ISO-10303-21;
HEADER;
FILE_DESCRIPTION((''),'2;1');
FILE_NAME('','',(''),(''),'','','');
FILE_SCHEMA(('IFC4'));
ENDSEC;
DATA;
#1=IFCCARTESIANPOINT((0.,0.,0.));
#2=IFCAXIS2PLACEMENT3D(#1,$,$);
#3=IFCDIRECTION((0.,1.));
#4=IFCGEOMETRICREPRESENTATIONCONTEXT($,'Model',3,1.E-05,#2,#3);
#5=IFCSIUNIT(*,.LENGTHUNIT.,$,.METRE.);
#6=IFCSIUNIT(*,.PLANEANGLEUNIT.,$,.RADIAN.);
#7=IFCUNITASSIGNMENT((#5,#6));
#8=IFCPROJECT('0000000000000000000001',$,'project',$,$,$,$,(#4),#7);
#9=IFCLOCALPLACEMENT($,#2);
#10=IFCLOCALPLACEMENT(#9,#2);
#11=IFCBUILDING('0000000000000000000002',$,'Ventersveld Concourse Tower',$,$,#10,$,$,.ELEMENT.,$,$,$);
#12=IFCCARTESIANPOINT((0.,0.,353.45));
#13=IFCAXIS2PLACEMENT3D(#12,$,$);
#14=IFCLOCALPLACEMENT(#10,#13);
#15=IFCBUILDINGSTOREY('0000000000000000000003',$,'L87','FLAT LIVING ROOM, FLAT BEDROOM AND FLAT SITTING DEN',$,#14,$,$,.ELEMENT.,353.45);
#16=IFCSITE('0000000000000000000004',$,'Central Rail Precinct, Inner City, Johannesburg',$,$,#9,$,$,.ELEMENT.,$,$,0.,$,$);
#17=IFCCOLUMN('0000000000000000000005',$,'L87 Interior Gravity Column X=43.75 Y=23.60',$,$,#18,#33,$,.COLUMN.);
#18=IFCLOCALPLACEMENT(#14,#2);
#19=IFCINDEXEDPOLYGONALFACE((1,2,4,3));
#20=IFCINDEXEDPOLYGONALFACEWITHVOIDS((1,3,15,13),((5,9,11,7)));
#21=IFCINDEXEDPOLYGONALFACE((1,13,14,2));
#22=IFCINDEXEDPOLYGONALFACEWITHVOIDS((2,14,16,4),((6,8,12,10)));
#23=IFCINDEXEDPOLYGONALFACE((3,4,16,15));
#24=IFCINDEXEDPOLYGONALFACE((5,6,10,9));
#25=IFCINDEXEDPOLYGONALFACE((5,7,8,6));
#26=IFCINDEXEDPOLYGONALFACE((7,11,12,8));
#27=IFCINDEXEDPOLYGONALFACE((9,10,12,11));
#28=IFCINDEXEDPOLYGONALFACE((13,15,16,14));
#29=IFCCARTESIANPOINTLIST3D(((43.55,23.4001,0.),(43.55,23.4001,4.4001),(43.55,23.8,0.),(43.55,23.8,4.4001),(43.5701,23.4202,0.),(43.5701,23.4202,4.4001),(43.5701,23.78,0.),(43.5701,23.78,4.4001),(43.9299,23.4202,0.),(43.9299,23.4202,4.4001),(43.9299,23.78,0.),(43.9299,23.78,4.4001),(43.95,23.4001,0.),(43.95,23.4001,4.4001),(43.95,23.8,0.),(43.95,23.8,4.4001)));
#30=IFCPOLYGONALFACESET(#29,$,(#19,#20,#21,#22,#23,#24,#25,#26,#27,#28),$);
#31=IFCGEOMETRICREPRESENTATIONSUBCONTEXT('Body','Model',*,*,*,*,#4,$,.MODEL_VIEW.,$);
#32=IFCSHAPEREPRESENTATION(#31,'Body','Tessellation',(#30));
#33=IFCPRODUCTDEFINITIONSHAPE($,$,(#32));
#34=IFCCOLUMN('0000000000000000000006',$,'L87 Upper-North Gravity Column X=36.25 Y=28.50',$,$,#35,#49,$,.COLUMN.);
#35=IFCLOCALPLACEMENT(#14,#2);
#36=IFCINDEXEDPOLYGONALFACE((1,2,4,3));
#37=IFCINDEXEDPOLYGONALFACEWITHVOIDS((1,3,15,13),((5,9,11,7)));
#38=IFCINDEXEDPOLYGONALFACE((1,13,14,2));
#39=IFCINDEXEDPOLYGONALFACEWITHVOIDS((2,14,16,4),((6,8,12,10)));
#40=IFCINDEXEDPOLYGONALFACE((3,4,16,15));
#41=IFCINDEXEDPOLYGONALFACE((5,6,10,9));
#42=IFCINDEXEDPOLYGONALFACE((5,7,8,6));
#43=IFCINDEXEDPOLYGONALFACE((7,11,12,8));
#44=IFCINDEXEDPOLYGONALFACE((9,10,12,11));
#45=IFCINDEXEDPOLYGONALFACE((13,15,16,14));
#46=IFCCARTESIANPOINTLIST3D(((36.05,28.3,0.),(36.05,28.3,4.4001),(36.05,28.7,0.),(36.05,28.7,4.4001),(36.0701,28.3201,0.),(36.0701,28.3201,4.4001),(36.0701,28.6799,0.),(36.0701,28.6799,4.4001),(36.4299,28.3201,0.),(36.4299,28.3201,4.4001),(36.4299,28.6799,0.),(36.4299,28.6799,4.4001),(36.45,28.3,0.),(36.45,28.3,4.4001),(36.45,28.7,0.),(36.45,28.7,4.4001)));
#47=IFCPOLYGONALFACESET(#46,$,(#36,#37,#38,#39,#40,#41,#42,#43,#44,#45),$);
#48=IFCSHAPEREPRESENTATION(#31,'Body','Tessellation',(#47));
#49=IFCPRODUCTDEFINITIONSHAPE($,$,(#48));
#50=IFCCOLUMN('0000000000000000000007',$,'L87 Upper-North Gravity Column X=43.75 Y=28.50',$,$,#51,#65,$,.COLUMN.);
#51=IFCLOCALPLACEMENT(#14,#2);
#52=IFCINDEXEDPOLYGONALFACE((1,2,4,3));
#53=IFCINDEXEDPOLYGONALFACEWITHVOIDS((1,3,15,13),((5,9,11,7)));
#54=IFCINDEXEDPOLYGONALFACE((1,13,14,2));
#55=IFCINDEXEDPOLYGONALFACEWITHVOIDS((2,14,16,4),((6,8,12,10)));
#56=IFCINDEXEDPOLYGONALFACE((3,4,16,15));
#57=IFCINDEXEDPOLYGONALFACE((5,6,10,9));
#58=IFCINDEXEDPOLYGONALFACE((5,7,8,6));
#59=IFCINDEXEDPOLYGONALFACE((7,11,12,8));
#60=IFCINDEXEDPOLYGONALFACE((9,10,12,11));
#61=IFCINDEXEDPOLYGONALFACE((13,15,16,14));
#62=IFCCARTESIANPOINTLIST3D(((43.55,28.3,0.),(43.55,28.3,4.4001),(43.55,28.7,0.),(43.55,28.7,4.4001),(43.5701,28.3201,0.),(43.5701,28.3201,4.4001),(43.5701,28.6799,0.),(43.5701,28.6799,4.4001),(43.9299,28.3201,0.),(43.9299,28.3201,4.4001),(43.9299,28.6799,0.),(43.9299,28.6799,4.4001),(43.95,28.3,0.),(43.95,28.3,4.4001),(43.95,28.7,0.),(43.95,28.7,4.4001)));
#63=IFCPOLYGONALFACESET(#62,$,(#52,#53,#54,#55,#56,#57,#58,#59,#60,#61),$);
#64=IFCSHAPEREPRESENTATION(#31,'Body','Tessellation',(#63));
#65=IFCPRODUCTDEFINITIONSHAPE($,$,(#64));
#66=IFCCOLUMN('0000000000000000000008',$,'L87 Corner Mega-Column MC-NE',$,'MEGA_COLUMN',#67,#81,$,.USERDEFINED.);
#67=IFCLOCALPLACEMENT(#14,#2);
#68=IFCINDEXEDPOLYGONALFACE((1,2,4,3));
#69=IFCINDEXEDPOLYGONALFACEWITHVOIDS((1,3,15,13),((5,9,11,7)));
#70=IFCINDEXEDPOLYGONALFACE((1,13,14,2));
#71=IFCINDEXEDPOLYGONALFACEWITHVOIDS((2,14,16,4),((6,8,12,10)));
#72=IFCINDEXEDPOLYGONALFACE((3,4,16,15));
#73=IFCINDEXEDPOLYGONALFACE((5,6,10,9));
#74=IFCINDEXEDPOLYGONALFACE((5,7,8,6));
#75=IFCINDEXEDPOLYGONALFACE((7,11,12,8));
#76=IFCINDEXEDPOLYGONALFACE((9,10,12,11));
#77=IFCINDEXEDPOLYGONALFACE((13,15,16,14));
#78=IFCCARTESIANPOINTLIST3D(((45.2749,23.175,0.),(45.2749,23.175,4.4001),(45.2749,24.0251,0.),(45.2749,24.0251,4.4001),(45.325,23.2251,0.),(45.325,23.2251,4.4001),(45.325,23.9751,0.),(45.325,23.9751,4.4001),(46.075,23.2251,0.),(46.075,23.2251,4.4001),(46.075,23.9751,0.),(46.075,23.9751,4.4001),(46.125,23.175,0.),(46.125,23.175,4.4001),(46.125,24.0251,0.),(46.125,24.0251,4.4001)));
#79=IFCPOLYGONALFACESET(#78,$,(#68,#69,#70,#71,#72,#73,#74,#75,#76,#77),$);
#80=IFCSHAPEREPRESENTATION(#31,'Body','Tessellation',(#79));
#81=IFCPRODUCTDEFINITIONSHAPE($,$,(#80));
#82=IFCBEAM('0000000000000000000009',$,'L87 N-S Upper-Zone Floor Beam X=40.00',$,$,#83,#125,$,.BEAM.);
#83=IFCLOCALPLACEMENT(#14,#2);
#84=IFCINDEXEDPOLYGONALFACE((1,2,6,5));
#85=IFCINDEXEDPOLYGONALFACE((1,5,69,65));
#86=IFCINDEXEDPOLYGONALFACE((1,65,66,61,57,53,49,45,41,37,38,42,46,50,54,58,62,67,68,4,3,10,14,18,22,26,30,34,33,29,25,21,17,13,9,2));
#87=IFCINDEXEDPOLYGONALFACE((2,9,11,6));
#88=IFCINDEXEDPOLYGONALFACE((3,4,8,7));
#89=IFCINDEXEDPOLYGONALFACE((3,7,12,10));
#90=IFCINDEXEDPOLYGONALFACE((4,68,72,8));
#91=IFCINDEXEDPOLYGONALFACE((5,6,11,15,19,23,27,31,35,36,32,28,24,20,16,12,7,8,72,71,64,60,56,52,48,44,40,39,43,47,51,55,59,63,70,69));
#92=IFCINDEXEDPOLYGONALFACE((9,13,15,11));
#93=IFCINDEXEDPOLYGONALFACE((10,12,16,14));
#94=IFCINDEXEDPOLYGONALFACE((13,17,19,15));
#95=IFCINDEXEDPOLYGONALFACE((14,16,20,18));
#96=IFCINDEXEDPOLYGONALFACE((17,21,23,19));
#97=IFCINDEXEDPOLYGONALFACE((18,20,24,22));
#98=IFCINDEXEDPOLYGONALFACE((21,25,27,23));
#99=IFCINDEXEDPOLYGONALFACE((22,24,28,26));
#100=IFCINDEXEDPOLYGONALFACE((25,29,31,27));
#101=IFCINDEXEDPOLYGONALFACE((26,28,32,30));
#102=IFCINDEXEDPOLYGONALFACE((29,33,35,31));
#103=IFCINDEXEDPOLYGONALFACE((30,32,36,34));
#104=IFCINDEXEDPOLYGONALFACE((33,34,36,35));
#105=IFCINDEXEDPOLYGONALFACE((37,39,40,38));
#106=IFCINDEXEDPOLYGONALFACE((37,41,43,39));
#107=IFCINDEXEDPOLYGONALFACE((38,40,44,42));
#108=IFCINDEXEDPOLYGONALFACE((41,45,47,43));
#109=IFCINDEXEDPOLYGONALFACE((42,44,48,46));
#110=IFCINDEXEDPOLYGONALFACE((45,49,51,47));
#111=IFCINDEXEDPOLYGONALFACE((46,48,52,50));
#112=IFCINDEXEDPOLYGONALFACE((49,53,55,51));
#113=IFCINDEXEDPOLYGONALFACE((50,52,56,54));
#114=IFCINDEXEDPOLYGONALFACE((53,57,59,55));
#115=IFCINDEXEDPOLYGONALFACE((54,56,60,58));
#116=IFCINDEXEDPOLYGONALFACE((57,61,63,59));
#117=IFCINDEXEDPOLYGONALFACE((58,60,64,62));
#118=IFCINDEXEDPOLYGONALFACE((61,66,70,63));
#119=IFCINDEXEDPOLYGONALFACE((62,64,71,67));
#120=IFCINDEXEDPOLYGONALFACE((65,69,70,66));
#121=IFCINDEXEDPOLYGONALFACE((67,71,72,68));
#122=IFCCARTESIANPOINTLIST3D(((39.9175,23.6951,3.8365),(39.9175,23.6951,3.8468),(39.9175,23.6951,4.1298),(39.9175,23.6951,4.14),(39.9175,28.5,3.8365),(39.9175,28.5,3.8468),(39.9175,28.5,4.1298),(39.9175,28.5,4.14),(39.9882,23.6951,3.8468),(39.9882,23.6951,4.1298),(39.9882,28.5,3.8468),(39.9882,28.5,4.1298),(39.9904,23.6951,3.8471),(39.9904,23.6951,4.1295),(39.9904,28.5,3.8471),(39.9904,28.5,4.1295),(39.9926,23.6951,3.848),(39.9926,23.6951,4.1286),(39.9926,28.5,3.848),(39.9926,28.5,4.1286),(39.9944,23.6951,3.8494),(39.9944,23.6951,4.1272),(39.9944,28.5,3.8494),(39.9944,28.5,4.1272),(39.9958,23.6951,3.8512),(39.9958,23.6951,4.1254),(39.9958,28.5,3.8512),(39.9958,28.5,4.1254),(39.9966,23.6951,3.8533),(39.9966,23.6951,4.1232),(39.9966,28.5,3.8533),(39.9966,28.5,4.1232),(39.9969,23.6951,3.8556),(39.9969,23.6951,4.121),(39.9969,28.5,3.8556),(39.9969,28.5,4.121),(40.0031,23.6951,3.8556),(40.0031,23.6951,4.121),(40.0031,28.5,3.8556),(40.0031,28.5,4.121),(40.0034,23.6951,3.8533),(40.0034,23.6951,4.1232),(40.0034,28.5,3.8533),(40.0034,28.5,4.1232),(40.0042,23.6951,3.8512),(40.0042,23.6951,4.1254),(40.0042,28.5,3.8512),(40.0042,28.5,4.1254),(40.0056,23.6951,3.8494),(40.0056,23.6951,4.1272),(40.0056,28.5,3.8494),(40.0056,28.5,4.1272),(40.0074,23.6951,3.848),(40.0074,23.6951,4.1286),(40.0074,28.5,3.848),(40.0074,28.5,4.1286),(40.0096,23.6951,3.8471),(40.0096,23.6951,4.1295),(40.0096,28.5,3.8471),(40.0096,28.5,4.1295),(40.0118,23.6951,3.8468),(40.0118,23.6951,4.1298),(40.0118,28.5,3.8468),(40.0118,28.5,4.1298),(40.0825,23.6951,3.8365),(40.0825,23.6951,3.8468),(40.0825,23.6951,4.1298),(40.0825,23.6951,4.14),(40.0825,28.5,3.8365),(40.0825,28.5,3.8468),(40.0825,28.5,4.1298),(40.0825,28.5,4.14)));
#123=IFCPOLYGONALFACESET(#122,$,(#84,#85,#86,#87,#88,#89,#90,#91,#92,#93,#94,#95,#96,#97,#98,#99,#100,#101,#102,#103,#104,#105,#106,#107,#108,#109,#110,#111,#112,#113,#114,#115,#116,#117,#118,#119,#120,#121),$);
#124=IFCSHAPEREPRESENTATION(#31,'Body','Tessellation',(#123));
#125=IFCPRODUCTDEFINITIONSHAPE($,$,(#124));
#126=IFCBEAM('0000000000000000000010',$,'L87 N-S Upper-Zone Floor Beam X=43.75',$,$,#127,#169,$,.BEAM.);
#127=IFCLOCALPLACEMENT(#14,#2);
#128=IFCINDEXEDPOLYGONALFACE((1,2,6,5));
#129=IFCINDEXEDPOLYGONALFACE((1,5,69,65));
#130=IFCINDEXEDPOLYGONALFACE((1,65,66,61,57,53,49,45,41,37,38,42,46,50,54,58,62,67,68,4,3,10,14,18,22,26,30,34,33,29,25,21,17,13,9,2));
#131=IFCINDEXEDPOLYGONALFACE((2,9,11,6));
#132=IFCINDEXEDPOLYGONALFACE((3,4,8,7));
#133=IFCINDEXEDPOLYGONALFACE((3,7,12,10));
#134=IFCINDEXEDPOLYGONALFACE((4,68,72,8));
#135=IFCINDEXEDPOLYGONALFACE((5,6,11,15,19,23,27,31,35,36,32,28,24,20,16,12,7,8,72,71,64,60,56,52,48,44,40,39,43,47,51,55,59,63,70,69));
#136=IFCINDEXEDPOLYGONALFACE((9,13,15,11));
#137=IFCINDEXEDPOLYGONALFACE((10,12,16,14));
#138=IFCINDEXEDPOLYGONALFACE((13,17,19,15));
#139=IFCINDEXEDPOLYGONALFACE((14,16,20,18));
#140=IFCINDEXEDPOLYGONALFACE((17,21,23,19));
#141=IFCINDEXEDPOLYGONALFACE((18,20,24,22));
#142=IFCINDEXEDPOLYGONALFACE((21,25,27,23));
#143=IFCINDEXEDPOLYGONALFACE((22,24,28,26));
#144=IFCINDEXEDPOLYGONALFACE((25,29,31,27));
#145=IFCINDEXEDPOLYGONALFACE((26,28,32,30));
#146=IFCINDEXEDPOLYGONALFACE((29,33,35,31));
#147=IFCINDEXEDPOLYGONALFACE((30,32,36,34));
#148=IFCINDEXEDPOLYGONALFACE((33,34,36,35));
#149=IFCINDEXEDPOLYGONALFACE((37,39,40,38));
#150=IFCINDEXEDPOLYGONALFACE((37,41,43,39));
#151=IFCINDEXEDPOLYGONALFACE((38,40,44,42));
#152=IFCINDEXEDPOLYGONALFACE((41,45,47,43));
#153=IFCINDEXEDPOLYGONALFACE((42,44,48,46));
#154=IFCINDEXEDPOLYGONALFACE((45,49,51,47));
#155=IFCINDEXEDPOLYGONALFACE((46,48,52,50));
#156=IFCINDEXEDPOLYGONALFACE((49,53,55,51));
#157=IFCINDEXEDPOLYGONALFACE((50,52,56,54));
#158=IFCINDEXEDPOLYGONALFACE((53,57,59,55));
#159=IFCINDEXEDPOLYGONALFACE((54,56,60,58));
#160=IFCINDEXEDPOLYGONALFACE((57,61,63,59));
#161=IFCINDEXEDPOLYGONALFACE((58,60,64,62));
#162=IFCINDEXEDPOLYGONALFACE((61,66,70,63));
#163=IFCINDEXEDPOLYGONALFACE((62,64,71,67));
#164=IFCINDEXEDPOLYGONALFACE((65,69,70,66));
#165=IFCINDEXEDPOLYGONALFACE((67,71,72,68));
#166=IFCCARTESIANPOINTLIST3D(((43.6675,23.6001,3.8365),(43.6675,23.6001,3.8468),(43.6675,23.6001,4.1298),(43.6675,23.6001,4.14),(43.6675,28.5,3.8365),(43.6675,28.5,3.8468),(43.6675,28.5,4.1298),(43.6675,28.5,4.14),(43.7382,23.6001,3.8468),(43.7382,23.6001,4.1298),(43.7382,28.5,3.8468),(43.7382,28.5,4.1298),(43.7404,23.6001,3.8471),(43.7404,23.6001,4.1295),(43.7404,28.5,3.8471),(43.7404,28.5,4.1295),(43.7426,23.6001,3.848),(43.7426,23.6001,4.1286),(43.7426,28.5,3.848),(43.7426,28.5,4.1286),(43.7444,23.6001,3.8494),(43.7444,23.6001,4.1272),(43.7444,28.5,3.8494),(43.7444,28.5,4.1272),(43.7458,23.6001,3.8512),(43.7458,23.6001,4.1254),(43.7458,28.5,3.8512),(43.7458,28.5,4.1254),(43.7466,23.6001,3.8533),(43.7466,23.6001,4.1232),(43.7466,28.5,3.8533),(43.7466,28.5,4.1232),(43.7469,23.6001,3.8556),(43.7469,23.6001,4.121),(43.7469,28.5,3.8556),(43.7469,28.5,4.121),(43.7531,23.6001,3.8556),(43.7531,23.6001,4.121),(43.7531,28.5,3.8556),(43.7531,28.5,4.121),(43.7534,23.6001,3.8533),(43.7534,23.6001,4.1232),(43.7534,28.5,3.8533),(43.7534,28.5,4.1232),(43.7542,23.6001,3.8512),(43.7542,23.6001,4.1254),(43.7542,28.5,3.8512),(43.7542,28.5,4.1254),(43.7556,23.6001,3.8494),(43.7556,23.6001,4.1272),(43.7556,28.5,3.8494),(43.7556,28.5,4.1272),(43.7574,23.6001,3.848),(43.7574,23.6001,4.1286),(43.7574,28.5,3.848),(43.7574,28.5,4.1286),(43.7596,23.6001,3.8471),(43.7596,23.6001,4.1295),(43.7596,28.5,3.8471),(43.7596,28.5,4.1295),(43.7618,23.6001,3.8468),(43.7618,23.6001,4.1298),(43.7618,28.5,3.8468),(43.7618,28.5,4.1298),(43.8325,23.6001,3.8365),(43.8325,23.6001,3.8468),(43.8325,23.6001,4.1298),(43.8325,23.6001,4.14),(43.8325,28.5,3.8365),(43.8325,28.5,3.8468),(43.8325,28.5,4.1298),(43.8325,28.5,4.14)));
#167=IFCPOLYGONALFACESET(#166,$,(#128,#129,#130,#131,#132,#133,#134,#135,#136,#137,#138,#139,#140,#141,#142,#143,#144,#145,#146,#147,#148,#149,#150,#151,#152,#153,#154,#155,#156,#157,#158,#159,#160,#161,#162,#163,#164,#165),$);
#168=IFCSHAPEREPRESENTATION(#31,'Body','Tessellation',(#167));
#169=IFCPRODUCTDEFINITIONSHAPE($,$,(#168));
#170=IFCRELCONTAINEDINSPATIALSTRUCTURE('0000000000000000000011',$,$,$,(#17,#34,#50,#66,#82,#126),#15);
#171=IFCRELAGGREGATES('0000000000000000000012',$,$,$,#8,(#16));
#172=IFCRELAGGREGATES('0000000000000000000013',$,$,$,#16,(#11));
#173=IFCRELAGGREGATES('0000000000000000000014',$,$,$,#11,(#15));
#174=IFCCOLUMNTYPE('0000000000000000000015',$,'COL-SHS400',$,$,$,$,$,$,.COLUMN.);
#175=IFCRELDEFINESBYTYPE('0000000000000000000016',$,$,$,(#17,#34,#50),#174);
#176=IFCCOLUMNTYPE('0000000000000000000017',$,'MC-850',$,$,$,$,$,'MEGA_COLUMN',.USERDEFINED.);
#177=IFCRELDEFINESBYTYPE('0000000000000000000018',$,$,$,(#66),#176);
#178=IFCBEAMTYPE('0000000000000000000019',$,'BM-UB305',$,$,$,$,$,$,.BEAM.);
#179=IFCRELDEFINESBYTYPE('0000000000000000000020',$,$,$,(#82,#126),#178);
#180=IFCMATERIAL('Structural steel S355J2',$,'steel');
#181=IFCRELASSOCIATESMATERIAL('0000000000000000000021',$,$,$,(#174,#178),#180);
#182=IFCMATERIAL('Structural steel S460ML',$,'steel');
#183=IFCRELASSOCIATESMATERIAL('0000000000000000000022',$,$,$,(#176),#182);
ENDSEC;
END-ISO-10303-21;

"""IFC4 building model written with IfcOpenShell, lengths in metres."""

from ifc_helpers import new_model, si_unit, direction, frame, origin, origin_2d, place, context, subcontext, project, spatial, hollow_rectangle, i_section, extrude, material, material_profile, profile_set, type_object, element, save


model = new_model("IFC4")

# Units and contexts
model_context = context("Model", 3, precision=1e-05, world=origin(), true_north=direction((0.0, 1.0)))
body_context = subcontext(model_context, "Body", "Model", "MODEL_VIEW")
ifc_project = project(units=[si_unit("LENGTHUNIT", "METRE"), si_unit("PLANEANGLEUNIT", "RADIAN")], contexts=[model_context])

# Site, building, storey
site_placement = place(None, origin())
site = spatial("IfcSite", under=ifc_project, at=site_placement, Name="Central Rail Precinct, Inner City, Johannesburg", CompositionType="ELEMENT", RefElevation=0.0)
building_placement = place(site_placement, origin())
building = spatial("IfcBuilding", under=site, at=building_placement, Name="Ventersveld Concourse Tower", CompositionType="ELEMENT")
storey_placement = place(building_placement, frame((0.0, 0.0, 353.45)))
storey = spatial("IfcBuildingStorey", under=building, at=storey_placement, Name="L87", Description="FLAT LIVING ROOM, FLAT BEDROOM AND FLAT SITTING DEN", CompositionType="ELEMENT", Elevation=353.45)

# Columns
ifc_material_1 = material(Name="Structural steel S355J2", Category="steel")
ifc_material_profile_1 = material_profile(ifc_material_1, hollow_rectangle(XDim=0.3999, YDim=0.3999, WallThickness=0.02, at=origin_2d()), Name="SHS 400x400x20")
ifc_profile_set_1 = profile_set([ifc_material_profile_1], Name="Structural steel S355J2")
column_type_1 = type_object("IfcColumnType", Name="COL-SHS400", PredefinedType="COLUMN", material=ifc_profile_set_1)
for number, where, z_axis, x_axis, name in (
    (1, (43.75, 23.6001, 0.0), (0.0, 0.0, 1.0), (1.0, 0.0, 0.0), "L87 Interior Gravity Column X=43.75 Y=23.60"),
    (2, (36.25, 28.5, 0.0), (0.0, 0.0, 1.0), (1.0, 0.0, 0.0), "L87 Upper-North Gravity Column X=36.25 Y=28.50"),
    (3, (43.75, 28.5, 0.0), (0.0, 0.0, 1.0), (1.0, 0.0, 0.0), "L87 Upper-North Gravity Column X=43.75 Y=28.50"),
):
    element("IfcColumn", number, at=place(storey_placement, frame(where, z_axis=z_axis, x_axis=x_axis)), inside=storey, type_object=column_type_1, Name=name, PredefinedType="COLUMN", context=body_context, shape_type="SweptSolid", body=[
        extrude(hollow_rectangle(XDim=0.3999, YDim=0.3999, WallThickness=0.02, at=origin_2d()), origin(), (0.0, 0.0, 1.0), 4.4001),
    ])
ifc_material_2 = material(Name="Structural steel S460ML", Category="steel")
ifc_material_profile_2 = material_profile(ifc_material_2, hollow_rectangle(XDim=0.8501, YDim=0.8501, WallThickness=0.05, at=origin_2d()), Name="BOX 850x850x50")
ifc_profile_set_2 = profile_set([ifc_material_profile_2], Name="Structural steel S460ML")
column_type_2 = type_object("IfcColumnType", Name="MC-850", ElementType="MEGA_COLUMN", PredefinedType="USERDEFINED", material=ifc_profile_set_2)
column_placement = place(storey_placement, frame((45.7, 23.6001, 0.0), z_axis=(0.0, 0.0, 1.0), x_axis=(1.0, 0.0, 0.0)))
element("IfcColumn", 4, at=column_placement, inside=storey, type_object=column_type_2, Name="L87 Corner Mega-Column MC-NE", ObjectType="MEGA_COLUMN", PredefinedType="USERDEFINED", context=body_context, shape_type="SweptSolid", body=[
    extrude(hollow_rectangle(XDim=0.8501, YDim=0.8501, WallThickness=0.05, at=origin_2d()), origin(), (0.0, 0.0, 1.0), 4.4001),
])

# Beams
ifc_material_profile_3 = material_profile(ifc_material_1, i_section(OverallWidth=0.165, OverallDepth=0.3035, WebThickness=0.0061, FlangeThickness=0.0103, FilletRadius=0.0088, at=origin_2d()), Name="UB 305x165x40")
ifc_profile_set_3 = profile_set([ifc_material_profile_3], Name="Structural steel S355J2")
beam_type_1 = type_object("IfcBeamType", Name="BM-UB305", PredefinedType="BEAM", material=ifc_profile_set_3)
beam_1_placement = place(storey_placement, frame((40.0, 23.6951, 3.9883), z_axis=(0.0, 1.0, 0.0), x_axis=(-1.0, 0.0, 0.0)))
element("IfcBeam", 5, at=beam_1_placement, inside=storey, type_object=beam_type_1, Name="L87 N-S Upper-Zone Floor Beam X=40.00", PredefinedType="BEAM", context=body_context, shape_type="SweptSolid", body=[
    extrude(i_section(OverallWidth=0.165, OverallDepth=0.3035, WebThickness=0.0061, FlangeThickness=0.0103, FilletRadius=0.0088, at=origin_2d()), origin(), (0.0, 0.0, 1.0), 4.8049),
])
beam_2_placement = place(storey_placement, frame((43.75, 23.6001, 3.9883), z_axis=(0.0, 1.0, 0.0), x_axis=(-1.0, 0.0, 0.0)))
element("IfcBeam", 6, at=beam_2_placement, inside=storey, type_object=beam_type_1, Name="L87 N-S Upper-Zone Floor Beam X=43.75", PredefinedType="BEAM", context=body_context, shape_type="SweptSolid", body=[
    extrude(i_section(OverallWidth=0.165, OverallDepth=0.3035, WebThickness=0.0061, FlangeThickness=0.0103, FilletRadius=0.0088, at=origin_2d()), origin(), (0.0, 0.0, 1.0), 4.8999),
])

save(model, "model.ifc")
